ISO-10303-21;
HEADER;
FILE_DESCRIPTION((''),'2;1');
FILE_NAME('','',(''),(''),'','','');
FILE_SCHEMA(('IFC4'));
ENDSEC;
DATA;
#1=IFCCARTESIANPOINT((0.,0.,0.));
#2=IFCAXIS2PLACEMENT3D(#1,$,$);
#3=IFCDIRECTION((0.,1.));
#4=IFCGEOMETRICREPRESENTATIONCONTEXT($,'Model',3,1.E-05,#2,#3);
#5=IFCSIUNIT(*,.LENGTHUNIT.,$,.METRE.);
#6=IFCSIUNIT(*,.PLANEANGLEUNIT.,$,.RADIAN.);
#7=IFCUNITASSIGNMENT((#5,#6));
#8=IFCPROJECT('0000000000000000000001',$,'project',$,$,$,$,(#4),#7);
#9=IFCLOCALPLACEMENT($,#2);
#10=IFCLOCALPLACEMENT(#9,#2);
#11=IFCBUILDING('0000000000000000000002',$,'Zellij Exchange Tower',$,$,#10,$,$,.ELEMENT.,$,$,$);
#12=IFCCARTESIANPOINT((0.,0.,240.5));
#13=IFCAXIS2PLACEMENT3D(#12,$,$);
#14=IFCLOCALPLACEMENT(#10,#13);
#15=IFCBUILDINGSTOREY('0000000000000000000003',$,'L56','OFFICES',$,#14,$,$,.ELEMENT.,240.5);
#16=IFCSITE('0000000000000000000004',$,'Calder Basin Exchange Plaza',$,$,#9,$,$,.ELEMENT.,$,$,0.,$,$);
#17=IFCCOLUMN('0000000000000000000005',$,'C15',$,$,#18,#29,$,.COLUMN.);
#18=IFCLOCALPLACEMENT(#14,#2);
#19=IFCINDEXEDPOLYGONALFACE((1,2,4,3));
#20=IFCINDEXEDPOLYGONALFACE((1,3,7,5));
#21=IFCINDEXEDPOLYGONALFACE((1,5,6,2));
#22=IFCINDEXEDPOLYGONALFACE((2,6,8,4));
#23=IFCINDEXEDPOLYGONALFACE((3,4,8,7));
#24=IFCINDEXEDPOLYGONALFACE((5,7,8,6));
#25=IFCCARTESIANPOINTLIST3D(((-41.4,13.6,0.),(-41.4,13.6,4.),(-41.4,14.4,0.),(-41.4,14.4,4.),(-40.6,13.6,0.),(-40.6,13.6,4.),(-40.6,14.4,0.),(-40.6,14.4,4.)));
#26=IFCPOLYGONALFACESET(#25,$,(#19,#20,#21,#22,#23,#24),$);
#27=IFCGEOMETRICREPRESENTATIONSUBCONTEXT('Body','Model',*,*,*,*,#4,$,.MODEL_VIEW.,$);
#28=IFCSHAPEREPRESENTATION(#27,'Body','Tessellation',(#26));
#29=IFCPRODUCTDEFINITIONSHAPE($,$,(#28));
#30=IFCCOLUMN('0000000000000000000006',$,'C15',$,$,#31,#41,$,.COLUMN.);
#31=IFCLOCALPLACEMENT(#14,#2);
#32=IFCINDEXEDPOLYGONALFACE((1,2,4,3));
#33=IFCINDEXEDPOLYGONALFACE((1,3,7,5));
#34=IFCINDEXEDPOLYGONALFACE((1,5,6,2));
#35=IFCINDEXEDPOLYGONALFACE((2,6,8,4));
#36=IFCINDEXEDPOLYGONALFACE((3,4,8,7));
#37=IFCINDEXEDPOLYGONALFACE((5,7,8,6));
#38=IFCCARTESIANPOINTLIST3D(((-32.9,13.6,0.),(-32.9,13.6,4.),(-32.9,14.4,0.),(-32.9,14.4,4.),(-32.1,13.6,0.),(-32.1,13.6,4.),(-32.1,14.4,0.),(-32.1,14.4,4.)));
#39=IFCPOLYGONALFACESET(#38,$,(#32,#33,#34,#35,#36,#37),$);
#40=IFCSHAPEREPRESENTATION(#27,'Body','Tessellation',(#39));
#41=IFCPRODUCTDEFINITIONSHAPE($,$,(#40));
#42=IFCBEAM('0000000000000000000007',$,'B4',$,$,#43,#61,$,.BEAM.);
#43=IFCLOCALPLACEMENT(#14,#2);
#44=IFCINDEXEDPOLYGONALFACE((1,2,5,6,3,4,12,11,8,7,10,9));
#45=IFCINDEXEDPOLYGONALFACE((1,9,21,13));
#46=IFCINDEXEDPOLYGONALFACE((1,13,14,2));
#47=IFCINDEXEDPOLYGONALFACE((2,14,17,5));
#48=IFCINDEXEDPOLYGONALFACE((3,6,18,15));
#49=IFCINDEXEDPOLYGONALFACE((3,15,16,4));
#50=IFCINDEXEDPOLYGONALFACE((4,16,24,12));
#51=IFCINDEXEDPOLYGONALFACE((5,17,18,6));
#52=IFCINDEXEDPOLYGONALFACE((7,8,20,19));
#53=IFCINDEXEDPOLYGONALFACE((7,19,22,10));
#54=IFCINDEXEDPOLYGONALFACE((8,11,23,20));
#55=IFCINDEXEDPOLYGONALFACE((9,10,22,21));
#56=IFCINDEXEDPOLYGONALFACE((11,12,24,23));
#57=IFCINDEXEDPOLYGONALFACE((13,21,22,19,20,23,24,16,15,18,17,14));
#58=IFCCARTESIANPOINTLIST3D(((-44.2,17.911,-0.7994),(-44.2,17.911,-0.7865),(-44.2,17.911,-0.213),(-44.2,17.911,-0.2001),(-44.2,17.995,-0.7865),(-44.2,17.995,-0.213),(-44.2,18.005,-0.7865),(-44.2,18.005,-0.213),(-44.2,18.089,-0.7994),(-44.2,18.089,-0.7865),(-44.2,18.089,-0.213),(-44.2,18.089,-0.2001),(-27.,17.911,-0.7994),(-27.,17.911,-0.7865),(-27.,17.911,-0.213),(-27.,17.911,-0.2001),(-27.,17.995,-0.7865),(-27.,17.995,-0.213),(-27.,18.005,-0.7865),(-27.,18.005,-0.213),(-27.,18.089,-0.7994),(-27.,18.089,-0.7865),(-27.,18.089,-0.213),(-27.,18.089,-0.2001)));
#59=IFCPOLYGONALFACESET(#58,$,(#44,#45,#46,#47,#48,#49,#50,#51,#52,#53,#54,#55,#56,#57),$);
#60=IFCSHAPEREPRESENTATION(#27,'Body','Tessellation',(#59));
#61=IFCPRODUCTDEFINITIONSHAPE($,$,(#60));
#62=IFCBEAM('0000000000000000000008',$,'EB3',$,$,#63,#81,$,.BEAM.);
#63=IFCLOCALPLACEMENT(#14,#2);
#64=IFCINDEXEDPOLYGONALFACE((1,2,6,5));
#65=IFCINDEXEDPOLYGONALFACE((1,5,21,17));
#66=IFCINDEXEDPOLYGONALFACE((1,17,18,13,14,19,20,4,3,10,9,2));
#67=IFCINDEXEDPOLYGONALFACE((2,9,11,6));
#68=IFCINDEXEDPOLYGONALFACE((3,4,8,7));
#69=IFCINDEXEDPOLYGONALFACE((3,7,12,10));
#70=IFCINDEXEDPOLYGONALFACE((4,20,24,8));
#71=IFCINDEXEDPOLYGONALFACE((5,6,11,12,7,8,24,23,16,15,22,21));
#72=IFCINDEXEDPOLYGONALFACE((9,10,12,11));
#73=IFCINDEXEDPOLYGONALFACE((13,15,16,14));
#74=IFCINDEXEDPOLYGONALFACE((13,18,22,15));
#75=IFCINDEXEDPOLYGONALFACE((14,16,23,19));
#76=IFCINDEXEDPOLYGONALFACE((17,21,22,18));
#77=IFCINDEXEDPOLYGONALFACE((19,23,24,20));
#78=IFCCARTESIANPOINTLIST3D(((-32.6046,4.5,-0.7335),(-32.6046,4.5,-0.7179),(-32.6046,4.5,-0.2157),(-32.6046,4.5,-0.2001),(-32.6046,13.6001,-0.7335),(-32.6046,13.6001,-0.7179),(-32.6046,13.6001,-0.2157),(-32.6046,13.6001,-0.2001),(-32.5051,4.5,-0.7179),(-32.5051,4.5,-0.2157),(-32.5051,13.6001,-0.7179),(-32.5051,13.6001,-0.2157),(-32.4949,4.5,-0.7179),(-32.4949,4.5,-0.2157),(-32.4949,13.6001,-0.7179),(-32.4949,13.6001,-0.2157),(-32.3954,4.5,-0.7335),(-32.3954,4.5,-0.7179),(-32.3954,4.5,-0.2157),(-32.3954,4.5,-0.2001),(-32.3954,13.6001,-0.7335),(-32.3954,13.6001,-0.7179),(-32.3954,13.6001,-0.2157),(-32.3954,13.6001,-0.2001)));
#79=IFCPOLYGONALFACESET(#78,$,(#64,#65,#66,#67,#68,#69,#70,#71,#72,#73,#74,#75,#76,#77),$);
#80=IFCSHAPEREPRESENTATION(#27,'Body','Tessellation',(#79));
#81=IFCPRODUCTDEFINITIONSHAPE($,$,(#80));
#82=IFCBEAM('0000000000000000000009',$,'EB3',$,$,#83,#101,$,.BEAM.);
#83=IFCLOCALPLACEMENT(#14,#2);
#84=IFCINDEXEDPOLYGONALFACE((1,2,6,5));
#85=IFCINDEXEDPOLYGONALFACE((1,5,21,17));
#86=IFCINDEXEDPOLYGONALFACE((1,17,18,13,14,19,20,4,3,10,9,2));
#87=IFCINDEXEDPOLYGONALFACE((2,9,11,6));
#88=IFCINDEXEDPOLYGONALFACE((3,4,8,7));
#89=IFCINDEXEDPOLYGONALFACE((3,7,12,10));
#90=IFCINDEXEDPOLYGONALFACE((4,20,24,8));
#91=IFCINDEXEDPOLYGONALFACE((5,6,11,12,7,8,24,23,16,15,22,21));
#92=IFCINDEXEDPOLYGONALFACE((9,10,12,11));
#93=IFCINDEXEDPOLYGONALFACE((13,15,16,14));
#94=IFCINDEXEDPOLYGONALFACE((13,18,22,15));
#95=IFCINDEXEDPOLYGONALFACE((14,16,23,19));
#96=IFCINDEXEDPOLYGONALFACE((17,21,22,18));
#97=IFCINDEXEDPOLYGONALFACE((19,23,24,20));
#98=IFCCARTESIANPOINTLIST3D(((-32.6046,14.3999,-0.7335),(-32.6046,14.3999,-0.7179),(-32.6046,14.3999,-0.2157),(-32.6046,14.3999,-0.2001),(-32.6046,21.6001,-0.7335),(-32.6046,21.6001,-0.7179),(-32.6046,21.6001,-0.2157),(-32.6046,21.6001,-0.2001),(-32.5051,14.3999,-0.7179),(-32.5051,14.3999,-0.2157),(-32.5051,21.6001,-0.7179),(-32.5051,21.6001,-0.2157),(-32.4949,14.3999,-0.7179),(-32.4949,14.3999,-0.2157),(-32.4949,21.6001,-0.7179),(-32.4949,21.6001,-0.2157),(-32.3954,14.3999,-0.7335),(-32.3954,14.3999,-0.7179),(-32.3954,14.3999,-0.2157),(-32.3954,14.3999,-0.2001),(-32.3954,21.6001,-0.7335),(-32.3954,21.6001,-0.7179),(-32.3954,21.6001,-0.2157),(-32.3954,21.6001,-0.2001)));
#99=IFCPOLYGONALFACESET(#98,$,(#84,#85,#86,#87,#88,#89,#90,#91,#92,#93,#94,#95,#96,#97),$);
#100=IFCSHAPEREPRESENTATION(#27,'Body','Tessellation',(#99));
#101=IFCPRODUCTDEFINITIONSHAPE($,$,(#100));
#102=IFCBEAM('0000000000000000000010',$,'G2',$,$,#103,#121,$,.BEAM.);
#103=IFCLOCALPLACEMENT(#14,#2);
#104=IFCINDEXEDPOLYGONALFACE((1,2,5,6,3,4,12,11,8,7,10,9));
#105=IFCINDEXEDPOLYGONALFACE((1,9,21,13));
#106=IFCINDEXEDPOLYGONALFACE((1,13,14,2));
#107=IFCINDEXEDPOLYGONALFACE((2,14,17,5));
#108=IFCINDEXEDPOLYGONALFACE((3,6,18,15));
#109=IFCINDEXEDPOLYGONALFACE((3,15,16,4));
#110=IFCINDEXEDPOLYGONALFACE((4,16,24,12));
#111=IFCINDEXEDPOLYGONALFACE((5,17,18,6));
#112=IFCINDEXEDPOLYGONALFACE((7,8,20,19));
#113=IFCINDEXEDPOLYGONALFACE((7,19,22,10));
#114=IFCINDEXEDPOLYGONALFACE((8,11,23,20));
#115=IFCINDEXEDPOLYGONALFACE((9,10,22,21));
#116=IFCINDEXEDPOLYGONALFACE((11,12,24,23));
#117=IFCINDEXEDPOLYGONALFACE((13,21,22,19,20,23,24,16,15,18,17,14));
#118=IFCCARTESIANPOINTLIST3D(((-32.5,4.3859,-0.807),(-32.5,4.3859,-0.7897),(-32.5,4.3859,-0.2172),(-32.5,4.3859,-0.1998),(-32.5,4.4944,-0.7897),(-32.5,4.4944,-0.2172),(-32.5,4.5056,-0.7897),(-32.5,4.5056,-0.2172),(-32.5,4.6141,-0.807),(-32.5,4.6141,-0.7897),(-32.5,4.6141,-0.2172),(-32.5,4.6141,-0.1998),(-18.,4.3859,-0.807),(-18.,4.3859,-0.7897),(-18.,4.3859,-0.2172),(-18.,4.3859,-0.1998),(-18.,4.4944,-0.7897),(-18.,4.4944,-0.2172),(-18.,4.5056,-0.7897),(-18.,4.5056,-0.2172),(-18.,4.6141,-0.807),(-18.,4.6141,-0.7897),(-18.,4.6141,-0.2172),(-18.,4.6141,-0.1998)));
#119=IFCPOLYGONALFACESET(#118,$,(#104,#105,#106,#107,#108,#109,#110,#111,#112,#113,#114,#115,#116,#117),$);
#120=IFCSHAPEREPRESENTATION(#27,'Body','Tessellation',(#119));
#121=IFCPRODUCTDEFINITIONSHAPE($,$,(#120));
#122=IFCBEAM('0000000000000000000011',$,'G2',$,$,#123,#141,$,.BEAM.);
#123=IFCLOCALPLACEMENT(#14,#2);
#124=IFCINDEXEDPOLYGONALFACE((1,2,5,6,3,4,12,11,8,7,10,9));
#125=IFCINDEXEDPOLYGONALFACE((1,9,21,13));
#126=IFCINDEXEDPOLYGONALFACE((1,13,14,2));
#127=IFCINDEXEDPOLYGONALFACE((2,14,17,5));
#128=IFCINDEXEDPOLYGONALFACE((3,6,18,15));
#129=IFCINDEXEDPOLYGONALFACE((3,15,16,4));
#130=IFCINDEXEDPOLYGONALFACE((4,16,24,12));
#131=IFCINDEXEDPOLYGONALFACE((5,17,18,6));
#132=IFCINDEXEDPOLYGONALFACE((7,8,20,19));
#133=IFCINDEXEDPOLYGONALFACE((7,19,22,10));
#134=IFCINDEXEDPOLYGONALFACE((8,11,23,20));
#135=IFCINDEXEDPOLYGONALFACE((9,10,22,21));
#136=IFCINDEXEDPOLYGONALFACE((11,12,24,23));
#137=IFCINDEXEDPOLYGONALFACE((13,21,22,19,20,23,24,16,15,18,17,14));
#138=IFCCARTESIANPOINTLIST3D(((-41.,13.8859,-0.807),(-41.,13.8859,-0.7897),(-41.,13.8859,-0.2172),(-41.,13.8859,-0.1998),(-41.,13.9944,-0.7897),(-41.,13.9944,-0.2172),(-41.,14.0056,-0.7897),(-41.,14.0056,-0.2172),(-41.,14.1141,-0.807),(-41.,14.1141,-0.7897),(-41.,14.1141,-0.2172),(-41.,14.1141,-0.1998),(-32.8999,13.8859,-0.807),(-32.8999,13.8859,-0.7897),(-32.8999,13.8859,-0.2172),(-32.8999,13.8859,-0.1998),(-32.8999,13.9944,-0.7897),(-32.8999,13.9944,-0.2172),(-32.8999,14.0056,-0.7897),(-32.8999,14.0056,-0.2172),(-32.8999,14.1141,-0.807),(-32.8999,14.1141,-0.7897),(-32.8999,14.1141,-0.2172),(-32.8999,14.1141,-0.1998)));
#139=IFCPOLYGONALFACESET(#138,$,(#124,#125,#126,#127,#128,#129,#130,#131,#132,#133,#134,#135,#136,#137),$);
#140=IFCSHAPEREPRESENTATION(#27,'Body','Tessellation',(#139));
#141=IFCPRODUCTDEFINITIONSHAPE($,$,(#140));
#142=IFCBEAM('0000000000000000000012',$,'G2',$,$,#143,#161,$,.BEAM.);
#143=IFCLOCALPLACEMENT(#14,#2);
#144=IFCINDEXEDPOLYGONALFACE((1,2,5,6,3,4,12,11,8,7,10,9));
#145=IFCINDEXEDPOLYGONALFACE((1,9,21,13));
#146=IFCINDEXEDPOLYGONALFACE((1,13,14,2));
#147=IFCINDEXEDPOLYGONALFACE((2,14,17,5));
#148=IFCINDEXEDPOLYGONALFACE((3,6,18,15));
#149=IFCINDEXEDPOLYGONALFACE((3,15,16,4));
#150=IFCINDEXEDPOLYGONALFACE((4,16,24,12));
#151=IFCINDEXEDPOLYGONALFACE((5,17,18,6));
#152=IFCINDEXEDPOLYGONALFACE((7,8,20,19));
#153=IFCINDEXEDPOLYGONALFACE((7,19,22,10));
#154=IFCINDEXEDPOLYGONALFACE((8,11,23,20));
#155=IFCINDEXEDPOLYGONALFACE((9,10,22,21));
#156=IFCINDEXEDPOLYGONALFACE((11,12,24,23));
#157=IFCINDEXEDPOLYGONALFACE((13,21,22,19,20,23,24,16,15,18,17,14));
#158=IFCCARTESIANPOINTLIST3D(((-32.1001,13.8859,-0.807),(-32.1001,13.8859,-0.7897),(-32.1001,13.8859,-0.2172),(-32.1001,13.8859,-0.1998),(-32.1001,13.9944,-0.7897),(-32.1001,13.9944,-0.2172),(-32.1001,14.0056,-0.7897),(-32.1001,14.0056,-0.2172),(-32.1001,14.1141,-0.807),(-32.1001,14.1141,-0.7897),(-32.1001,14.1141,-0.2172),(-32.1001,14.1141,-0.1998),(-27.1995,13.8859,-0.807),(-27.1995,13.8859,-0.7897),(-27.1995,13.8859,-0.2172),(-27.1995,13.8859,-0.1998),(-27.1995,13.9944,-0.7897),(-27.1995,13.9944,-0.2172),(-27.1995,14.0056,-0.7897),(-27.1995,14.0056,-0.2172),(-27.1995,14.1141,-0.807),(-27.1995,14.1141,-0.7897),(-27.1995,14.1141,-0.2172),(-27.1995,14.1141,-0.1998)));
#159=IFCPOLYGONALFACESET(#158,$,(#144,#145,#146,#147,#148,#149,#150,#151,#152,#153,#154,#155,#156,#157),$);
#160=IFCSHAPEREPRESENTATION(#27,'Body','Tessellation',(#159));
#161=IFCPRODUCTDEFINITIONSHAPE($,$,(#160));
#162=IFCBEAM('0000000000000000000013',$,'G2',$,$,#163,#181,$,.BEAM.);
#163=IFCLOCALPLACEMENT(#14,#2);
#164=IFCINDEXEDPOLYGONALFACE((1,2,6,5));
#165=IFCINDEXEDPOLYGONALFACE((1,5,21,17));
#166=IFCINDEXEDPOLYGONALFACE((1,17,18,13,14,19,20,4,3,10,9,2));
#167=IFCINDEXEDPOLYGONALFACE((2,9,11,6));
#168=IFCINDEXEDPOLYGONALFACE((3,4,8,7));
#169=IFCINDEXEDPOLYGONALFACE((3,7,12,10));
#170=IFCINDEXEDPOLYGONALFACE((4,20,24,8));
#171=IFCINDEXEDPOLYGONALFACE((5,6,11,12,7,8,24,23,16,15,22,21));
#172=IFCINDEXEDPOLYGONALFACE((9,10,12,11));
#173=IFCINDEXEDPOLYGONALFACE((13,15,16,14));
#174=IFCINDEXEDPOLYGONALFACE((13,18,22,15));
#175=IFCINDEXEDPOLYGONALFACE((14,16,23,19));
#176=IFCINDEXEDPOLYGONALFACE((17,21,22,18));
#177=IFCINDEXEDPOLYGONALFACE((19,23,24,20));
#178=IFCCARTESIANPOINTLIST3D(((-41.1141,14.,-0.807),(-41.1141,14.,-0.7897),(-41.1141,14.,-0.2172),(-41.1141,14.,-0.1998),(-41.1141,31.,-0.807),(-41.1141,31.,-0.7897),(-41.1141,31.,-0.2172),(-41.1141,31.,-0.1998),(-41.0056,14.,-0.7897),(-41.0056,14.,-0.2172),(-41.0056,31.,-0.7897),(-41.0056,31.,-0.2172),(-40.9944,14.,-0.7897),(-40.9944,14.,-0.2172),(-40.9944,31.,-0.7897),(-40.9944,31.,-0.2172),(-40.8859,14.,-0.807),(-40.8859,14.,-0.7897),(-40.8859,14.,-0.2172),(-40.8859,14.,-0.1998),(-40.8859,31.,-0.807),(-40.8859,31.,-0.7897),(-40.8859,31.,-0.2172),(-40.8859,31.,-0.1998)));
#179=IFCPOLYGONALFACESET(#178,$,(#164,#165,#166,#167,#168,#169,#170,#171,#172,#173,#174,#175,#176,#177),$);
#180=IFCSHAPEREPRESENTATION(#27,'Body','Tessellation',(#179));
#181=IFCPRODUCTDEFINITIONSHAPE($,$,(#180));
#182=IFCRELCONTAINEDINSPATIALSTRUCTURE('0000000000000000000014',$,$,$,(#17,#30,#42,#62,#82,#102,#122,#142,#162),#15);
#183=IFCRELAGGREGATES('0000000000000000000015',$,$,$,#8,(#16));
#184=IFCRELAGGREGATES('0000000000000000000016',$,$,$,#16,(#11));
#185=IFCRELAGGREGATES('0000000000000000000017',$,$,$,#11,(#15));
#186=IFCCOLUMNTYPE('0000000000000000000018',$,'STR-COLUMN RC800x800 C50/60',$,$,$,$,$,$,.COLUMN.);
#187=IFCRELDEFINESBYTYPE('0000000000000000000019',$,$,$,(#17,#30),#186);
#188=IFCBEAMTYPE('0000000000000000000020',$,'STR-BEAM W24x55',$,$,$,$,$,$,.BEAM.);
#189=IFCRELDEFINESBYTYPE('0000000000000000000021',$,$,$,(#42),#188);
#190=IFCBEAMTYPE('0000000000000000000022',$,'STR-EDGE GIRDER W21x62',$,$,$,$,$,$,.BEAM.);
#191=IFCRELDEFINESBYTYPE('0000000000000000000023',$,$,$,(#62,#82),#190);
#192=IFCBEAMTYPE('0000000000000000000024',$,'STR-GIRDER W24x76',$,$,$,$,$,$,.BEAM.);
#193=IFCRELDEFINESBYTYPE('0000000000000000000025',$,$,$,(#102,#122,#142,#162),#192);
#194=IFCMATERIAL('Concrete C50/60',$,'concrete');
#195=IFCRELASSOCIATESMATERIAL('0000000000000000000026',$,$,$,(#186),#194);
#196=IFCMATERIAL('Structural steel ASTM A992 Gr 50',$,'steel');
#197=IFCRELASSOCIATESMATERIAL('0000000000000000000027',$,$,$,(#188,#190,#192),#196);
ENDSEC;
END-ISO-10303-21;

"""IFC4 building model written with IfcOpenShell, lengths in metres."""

from ifc_helpers import new_model, si_unit, direction, frame, origin, origin_2d, place, context, subcontext, project, spatial, rectangle, i_section, extrude, material, material_profile, profile_set, type_object, element, save


model = new_model("IFC4")

# Units and contexts
model_context = context("Model", 3, precision=1e-05, world=origin(), true_north=direction((0.0, 1.0)))
body_context = subcontext(model_context, "Body", "Model", "MODEL_VIEW")
ifc_project = project(units=[si_unit("LENGTHUNIT", "METRE"), si_unit("PLANEANGLEUNIT", "RADIAN")], contexts=[model_context])

# Site, building, storey
site_placement = place(None, origin())
site = spatial("IfcSite", under=ifc_project, at=site_placement, Name="Calder Basin Exchange Plaza", CompositionType="ELEMENT", RefElevation=0.0)
building_placement = place(site_placement, origin())
building = spatial("IfcBuilding", under=site, at=building_placement, Name="Zellij Exchange Tower", CompositionType="ELEMENT")
storey_placement = place(building_placement, frame((0.0, 0.0, 240.5)))
storey = spatial("IfcBuildingStorey", under=building, at=storey_placement, Name="L56", Description="OFFICES", CompositionType="ELEMENT", Elevation=240.5)

# Columns
ifc_material_1 = material(Name="Concrete C50/60", Category="concrete")
ifc_material_profile_1 = material_profile(ifc_material_1, rectangle(XDim=0.8, YDim=0.8, at=origin_2d()), Name="STR-COLUMN RC800x800 C50/60")
ifc_profile_set_1 = profile_set([ifc_material_profile_1], Name="Concrete C50/60")
column_type = type_object("IfcColumnType", Name="STR-COLUMN RC800x800 C50/60", PredefinedType="COLUMN", material=ifc_profile_set_1)
for number, where, z_axis, x_axis, name in (
    (1, (-41.0, 14.0, 0.0), (0.0, 0.0, 1.0), (1.0, 0.0, 0.0), "C15"),
    (2, (-32.5, 14.0, 0.0), (0.0, 0.0, 1.0), (1.0, 0.0, 0.0), "C15"),
):
    element("IfcColumn", number, at=place(storey_placement, frame(where, z_axis=z_axis, x_axis=x_axis)), inside=storey, type_object=column_type, Name=name, PredefinedType="COLUMN", context=body_context, shape_type="SweptSolid", body=[
        extrude(rectangle(XDim=0.8, YDim=0.8, at=origin_2d()), origin(), (0.0, 0.0, 1.0), 4.0),
    ])

# Beams
ifc_material_2 = material(Name="Structural steel ASTM A992 Gr 50", Category="steel")
ifc_material_profile_2 = material_profile(ifc_material_2, i_section(OverallWidth=0.178, OverallDepth=0.5994, WebThickness=0.01, FlangeThickness=0.0129, at=origin_2d()), Name="W24x55")
ifc_profile_set_2 = profile_set([ifc_material_profile_2], Name="Structural steel ASTM A992 Gr 50")
beam_type_1 = type_object("IfcBeamType", Name="STR-BEAM W24x55", PredefinedType="BEAM", material=ifc_profile_set_2)
beam_1_placement = place(storey_placement, frame((-44.2, 18.0, -0.4998), z_axis=(1.0, 0.0, 0.0), x_axis=(0.0, 1.0, 0.0)))
element("IfcBeam", 3, at=beam_1_placement, inside=storey, type_object=beam_type_1, Name="B4", PredefinedType="BEAM", context=body_context, shape_type="SweptSolid", body=[
    extrude(i_section(OverallWidth=0.178, OverallDepth=0.5994, WebThickness=0.01, FlangeThickness=0.0129, at=origin_2d()), origin(), (0.0, 0.0, 1.0), 17.2),
])
ifc_material_profile_3 = material_profile(ifc_material_2, i_section(OverallWidth=0.2092, OverallDepth=0.5334, WebThickness=0.0103, FlangeThickness=0.0156, at=origin_2d()), Name="W21x62")
ifc_profile_set_3 = profile_set([ifc_material_profile_3], Name="Structural steel ASTM A992 Gr 50")
beam_type_2 = type_object("IfcBeamType", Name="STR-EDGE GIRDER W21x62", PredefinedType="BEAM", material=ifc_profile_set_3)
beam_2_placement = place(storey_placement, frame((-32.5, 4.5, -0.4668), z_axis=(0.0, 1.0, 0.0), x_axis=(-1.0, 0.0, 0.0)))
element("IfcBeam", 4, at=beam_2_placement, inside=storey, type_object=beam_type_2, Name="EB3", PredefinedType="BEAM", context=body_context, shape_type="SweptSolid", body=[
    extrude(i_section(OverallWidth=0.2092, OverallDepth=0.5334, WebThickness=0.0103, FlangeThickness=0.0156, at=origin_2d()), origin(), (0.0, 0.0, 1.0), 9.1001),
])
beam_3_placement = place(storey_placement, frame((-32.5, 14.3999, -0.4668), z_axis=(0.0, 1.0, 0.0), x_axis=(-1.0, 0.0, 0.0)))
element("IfcBeam", 5, at=beam_3_placement, inside=storey, type_object=beam_type_2, Name="EB3", PredefinedType="BEAM", context=body_context, shape_type="SweptSolid", body=[
    extrude(i_section(OverallWidth=0.2092, OverallDepth=0.5334, WebThickness=0.0103, FlangeThickness=0.0156, at=origin_2d()), origin(), (0.0, 0.0, 1.0), 7.2002),
])
ifc_material_profile_4 = material_profile(ifc_material_2, i_section(OverallWidth=0.2283, OverallDepth=0.6072, WebThickness=0.0112, FlangeThickness=0.0173, at=origin_2d()), Name="W24x76")
ifc_profile_set_4 = profile_set([ifc_material_profile_4], Name="Structural steel ASTM A992 Gr 50")
beam_type_3 = type_object("IfcBeamType", Name="STR-GIRDER W24x76", PredefinedType="BEAM", material=ifc_profile_set_4)
beam_4_placement = place(storey_placement, frame((-32.5, 4.5, -0.5034), z_axis=(1.0, 0.0, 0.0), x_axis=(0.0, 1.0, 0.0)))
element("IfcBeam", 6, at=beam_4_placement, inside=storey, type_object=beam_type_3, Name="G2", PredefinedType="BEAM", context=body_context, shape_type="SweptSolid", body=[
    extrude(i_section(OverallWidth=0.2283, OverallDepth=0.6072, WebThickness=0.0112, FlangeThickness=0.0173, at=origin_2d()), origin(), (0.0, 0.0, 1.0), 14.5),
])
beam_5_placement = place(storey_placement, frame((-41.0, 14.0, -0.5034), z_axis=(1.0, 0.0, 0.0), x_axis=(0.0, 1.0, 0.0)))
element("IfcBeam", 7, at=beam_5_placement, inside=storey, type_object=beam_type_3, Name="G2", PredefinedType="BEAM", context=body_context, shape_type="SweptSolid", body=[
    extrude(i_section(OverallWidth=0.2283, OverallDepth=0.6072, WebThickness=0.0112, FlangeThickness=0.0173, at=origin_2d()), origin(), (0.0, 0.0, 1.0), 8.1001),
])
beam_6_placement = place(storey_placement, frame((-32.1001, 14.0, -0.5034), z_axis=(1.0, 0.0, 0.0), x_axis=(0.0, 1.0, 0.0)))
element("IfcBeam", 8, at=beam_6_placement, inside=storey, type_object=beam_type_3, Name="G2", PredefinedType="BEAM", context=body_context, shape_type="SweptSolid", body=[
    extrude(i_section(OverallWidth=0.2283, OverallDepth=0.6072, WebThickness=0.0112, FlangeThickness=0.0173, at=origin_2d()), origin(), (0.0, 0.0, 1.0), 4.9006),
])
beam_7_placement = place(storey_placement, frame((-41.0, 14.0, -0.5034), z_axis=(0.0, 1.0, 0.0), x_axis=(-1.0, 0.0, 0.0)))
element("IfcBeam", 9, at=beam_7_placement, inside=storey, type_object=beam_type_3, Name="G2", PredefinedType="BEAM", context=body_context, shape_type="SweptSolid", body=[
    extrude(i_section(OverallWidth=0.2283, OverallDepth=0.6072, WebThickness=0.0112, FlangeThickness=0.0173, at=origin_2d()), origin(), (0.0, 0.0, 1.0), 17.0),
])

save(model, "model.ifc")
